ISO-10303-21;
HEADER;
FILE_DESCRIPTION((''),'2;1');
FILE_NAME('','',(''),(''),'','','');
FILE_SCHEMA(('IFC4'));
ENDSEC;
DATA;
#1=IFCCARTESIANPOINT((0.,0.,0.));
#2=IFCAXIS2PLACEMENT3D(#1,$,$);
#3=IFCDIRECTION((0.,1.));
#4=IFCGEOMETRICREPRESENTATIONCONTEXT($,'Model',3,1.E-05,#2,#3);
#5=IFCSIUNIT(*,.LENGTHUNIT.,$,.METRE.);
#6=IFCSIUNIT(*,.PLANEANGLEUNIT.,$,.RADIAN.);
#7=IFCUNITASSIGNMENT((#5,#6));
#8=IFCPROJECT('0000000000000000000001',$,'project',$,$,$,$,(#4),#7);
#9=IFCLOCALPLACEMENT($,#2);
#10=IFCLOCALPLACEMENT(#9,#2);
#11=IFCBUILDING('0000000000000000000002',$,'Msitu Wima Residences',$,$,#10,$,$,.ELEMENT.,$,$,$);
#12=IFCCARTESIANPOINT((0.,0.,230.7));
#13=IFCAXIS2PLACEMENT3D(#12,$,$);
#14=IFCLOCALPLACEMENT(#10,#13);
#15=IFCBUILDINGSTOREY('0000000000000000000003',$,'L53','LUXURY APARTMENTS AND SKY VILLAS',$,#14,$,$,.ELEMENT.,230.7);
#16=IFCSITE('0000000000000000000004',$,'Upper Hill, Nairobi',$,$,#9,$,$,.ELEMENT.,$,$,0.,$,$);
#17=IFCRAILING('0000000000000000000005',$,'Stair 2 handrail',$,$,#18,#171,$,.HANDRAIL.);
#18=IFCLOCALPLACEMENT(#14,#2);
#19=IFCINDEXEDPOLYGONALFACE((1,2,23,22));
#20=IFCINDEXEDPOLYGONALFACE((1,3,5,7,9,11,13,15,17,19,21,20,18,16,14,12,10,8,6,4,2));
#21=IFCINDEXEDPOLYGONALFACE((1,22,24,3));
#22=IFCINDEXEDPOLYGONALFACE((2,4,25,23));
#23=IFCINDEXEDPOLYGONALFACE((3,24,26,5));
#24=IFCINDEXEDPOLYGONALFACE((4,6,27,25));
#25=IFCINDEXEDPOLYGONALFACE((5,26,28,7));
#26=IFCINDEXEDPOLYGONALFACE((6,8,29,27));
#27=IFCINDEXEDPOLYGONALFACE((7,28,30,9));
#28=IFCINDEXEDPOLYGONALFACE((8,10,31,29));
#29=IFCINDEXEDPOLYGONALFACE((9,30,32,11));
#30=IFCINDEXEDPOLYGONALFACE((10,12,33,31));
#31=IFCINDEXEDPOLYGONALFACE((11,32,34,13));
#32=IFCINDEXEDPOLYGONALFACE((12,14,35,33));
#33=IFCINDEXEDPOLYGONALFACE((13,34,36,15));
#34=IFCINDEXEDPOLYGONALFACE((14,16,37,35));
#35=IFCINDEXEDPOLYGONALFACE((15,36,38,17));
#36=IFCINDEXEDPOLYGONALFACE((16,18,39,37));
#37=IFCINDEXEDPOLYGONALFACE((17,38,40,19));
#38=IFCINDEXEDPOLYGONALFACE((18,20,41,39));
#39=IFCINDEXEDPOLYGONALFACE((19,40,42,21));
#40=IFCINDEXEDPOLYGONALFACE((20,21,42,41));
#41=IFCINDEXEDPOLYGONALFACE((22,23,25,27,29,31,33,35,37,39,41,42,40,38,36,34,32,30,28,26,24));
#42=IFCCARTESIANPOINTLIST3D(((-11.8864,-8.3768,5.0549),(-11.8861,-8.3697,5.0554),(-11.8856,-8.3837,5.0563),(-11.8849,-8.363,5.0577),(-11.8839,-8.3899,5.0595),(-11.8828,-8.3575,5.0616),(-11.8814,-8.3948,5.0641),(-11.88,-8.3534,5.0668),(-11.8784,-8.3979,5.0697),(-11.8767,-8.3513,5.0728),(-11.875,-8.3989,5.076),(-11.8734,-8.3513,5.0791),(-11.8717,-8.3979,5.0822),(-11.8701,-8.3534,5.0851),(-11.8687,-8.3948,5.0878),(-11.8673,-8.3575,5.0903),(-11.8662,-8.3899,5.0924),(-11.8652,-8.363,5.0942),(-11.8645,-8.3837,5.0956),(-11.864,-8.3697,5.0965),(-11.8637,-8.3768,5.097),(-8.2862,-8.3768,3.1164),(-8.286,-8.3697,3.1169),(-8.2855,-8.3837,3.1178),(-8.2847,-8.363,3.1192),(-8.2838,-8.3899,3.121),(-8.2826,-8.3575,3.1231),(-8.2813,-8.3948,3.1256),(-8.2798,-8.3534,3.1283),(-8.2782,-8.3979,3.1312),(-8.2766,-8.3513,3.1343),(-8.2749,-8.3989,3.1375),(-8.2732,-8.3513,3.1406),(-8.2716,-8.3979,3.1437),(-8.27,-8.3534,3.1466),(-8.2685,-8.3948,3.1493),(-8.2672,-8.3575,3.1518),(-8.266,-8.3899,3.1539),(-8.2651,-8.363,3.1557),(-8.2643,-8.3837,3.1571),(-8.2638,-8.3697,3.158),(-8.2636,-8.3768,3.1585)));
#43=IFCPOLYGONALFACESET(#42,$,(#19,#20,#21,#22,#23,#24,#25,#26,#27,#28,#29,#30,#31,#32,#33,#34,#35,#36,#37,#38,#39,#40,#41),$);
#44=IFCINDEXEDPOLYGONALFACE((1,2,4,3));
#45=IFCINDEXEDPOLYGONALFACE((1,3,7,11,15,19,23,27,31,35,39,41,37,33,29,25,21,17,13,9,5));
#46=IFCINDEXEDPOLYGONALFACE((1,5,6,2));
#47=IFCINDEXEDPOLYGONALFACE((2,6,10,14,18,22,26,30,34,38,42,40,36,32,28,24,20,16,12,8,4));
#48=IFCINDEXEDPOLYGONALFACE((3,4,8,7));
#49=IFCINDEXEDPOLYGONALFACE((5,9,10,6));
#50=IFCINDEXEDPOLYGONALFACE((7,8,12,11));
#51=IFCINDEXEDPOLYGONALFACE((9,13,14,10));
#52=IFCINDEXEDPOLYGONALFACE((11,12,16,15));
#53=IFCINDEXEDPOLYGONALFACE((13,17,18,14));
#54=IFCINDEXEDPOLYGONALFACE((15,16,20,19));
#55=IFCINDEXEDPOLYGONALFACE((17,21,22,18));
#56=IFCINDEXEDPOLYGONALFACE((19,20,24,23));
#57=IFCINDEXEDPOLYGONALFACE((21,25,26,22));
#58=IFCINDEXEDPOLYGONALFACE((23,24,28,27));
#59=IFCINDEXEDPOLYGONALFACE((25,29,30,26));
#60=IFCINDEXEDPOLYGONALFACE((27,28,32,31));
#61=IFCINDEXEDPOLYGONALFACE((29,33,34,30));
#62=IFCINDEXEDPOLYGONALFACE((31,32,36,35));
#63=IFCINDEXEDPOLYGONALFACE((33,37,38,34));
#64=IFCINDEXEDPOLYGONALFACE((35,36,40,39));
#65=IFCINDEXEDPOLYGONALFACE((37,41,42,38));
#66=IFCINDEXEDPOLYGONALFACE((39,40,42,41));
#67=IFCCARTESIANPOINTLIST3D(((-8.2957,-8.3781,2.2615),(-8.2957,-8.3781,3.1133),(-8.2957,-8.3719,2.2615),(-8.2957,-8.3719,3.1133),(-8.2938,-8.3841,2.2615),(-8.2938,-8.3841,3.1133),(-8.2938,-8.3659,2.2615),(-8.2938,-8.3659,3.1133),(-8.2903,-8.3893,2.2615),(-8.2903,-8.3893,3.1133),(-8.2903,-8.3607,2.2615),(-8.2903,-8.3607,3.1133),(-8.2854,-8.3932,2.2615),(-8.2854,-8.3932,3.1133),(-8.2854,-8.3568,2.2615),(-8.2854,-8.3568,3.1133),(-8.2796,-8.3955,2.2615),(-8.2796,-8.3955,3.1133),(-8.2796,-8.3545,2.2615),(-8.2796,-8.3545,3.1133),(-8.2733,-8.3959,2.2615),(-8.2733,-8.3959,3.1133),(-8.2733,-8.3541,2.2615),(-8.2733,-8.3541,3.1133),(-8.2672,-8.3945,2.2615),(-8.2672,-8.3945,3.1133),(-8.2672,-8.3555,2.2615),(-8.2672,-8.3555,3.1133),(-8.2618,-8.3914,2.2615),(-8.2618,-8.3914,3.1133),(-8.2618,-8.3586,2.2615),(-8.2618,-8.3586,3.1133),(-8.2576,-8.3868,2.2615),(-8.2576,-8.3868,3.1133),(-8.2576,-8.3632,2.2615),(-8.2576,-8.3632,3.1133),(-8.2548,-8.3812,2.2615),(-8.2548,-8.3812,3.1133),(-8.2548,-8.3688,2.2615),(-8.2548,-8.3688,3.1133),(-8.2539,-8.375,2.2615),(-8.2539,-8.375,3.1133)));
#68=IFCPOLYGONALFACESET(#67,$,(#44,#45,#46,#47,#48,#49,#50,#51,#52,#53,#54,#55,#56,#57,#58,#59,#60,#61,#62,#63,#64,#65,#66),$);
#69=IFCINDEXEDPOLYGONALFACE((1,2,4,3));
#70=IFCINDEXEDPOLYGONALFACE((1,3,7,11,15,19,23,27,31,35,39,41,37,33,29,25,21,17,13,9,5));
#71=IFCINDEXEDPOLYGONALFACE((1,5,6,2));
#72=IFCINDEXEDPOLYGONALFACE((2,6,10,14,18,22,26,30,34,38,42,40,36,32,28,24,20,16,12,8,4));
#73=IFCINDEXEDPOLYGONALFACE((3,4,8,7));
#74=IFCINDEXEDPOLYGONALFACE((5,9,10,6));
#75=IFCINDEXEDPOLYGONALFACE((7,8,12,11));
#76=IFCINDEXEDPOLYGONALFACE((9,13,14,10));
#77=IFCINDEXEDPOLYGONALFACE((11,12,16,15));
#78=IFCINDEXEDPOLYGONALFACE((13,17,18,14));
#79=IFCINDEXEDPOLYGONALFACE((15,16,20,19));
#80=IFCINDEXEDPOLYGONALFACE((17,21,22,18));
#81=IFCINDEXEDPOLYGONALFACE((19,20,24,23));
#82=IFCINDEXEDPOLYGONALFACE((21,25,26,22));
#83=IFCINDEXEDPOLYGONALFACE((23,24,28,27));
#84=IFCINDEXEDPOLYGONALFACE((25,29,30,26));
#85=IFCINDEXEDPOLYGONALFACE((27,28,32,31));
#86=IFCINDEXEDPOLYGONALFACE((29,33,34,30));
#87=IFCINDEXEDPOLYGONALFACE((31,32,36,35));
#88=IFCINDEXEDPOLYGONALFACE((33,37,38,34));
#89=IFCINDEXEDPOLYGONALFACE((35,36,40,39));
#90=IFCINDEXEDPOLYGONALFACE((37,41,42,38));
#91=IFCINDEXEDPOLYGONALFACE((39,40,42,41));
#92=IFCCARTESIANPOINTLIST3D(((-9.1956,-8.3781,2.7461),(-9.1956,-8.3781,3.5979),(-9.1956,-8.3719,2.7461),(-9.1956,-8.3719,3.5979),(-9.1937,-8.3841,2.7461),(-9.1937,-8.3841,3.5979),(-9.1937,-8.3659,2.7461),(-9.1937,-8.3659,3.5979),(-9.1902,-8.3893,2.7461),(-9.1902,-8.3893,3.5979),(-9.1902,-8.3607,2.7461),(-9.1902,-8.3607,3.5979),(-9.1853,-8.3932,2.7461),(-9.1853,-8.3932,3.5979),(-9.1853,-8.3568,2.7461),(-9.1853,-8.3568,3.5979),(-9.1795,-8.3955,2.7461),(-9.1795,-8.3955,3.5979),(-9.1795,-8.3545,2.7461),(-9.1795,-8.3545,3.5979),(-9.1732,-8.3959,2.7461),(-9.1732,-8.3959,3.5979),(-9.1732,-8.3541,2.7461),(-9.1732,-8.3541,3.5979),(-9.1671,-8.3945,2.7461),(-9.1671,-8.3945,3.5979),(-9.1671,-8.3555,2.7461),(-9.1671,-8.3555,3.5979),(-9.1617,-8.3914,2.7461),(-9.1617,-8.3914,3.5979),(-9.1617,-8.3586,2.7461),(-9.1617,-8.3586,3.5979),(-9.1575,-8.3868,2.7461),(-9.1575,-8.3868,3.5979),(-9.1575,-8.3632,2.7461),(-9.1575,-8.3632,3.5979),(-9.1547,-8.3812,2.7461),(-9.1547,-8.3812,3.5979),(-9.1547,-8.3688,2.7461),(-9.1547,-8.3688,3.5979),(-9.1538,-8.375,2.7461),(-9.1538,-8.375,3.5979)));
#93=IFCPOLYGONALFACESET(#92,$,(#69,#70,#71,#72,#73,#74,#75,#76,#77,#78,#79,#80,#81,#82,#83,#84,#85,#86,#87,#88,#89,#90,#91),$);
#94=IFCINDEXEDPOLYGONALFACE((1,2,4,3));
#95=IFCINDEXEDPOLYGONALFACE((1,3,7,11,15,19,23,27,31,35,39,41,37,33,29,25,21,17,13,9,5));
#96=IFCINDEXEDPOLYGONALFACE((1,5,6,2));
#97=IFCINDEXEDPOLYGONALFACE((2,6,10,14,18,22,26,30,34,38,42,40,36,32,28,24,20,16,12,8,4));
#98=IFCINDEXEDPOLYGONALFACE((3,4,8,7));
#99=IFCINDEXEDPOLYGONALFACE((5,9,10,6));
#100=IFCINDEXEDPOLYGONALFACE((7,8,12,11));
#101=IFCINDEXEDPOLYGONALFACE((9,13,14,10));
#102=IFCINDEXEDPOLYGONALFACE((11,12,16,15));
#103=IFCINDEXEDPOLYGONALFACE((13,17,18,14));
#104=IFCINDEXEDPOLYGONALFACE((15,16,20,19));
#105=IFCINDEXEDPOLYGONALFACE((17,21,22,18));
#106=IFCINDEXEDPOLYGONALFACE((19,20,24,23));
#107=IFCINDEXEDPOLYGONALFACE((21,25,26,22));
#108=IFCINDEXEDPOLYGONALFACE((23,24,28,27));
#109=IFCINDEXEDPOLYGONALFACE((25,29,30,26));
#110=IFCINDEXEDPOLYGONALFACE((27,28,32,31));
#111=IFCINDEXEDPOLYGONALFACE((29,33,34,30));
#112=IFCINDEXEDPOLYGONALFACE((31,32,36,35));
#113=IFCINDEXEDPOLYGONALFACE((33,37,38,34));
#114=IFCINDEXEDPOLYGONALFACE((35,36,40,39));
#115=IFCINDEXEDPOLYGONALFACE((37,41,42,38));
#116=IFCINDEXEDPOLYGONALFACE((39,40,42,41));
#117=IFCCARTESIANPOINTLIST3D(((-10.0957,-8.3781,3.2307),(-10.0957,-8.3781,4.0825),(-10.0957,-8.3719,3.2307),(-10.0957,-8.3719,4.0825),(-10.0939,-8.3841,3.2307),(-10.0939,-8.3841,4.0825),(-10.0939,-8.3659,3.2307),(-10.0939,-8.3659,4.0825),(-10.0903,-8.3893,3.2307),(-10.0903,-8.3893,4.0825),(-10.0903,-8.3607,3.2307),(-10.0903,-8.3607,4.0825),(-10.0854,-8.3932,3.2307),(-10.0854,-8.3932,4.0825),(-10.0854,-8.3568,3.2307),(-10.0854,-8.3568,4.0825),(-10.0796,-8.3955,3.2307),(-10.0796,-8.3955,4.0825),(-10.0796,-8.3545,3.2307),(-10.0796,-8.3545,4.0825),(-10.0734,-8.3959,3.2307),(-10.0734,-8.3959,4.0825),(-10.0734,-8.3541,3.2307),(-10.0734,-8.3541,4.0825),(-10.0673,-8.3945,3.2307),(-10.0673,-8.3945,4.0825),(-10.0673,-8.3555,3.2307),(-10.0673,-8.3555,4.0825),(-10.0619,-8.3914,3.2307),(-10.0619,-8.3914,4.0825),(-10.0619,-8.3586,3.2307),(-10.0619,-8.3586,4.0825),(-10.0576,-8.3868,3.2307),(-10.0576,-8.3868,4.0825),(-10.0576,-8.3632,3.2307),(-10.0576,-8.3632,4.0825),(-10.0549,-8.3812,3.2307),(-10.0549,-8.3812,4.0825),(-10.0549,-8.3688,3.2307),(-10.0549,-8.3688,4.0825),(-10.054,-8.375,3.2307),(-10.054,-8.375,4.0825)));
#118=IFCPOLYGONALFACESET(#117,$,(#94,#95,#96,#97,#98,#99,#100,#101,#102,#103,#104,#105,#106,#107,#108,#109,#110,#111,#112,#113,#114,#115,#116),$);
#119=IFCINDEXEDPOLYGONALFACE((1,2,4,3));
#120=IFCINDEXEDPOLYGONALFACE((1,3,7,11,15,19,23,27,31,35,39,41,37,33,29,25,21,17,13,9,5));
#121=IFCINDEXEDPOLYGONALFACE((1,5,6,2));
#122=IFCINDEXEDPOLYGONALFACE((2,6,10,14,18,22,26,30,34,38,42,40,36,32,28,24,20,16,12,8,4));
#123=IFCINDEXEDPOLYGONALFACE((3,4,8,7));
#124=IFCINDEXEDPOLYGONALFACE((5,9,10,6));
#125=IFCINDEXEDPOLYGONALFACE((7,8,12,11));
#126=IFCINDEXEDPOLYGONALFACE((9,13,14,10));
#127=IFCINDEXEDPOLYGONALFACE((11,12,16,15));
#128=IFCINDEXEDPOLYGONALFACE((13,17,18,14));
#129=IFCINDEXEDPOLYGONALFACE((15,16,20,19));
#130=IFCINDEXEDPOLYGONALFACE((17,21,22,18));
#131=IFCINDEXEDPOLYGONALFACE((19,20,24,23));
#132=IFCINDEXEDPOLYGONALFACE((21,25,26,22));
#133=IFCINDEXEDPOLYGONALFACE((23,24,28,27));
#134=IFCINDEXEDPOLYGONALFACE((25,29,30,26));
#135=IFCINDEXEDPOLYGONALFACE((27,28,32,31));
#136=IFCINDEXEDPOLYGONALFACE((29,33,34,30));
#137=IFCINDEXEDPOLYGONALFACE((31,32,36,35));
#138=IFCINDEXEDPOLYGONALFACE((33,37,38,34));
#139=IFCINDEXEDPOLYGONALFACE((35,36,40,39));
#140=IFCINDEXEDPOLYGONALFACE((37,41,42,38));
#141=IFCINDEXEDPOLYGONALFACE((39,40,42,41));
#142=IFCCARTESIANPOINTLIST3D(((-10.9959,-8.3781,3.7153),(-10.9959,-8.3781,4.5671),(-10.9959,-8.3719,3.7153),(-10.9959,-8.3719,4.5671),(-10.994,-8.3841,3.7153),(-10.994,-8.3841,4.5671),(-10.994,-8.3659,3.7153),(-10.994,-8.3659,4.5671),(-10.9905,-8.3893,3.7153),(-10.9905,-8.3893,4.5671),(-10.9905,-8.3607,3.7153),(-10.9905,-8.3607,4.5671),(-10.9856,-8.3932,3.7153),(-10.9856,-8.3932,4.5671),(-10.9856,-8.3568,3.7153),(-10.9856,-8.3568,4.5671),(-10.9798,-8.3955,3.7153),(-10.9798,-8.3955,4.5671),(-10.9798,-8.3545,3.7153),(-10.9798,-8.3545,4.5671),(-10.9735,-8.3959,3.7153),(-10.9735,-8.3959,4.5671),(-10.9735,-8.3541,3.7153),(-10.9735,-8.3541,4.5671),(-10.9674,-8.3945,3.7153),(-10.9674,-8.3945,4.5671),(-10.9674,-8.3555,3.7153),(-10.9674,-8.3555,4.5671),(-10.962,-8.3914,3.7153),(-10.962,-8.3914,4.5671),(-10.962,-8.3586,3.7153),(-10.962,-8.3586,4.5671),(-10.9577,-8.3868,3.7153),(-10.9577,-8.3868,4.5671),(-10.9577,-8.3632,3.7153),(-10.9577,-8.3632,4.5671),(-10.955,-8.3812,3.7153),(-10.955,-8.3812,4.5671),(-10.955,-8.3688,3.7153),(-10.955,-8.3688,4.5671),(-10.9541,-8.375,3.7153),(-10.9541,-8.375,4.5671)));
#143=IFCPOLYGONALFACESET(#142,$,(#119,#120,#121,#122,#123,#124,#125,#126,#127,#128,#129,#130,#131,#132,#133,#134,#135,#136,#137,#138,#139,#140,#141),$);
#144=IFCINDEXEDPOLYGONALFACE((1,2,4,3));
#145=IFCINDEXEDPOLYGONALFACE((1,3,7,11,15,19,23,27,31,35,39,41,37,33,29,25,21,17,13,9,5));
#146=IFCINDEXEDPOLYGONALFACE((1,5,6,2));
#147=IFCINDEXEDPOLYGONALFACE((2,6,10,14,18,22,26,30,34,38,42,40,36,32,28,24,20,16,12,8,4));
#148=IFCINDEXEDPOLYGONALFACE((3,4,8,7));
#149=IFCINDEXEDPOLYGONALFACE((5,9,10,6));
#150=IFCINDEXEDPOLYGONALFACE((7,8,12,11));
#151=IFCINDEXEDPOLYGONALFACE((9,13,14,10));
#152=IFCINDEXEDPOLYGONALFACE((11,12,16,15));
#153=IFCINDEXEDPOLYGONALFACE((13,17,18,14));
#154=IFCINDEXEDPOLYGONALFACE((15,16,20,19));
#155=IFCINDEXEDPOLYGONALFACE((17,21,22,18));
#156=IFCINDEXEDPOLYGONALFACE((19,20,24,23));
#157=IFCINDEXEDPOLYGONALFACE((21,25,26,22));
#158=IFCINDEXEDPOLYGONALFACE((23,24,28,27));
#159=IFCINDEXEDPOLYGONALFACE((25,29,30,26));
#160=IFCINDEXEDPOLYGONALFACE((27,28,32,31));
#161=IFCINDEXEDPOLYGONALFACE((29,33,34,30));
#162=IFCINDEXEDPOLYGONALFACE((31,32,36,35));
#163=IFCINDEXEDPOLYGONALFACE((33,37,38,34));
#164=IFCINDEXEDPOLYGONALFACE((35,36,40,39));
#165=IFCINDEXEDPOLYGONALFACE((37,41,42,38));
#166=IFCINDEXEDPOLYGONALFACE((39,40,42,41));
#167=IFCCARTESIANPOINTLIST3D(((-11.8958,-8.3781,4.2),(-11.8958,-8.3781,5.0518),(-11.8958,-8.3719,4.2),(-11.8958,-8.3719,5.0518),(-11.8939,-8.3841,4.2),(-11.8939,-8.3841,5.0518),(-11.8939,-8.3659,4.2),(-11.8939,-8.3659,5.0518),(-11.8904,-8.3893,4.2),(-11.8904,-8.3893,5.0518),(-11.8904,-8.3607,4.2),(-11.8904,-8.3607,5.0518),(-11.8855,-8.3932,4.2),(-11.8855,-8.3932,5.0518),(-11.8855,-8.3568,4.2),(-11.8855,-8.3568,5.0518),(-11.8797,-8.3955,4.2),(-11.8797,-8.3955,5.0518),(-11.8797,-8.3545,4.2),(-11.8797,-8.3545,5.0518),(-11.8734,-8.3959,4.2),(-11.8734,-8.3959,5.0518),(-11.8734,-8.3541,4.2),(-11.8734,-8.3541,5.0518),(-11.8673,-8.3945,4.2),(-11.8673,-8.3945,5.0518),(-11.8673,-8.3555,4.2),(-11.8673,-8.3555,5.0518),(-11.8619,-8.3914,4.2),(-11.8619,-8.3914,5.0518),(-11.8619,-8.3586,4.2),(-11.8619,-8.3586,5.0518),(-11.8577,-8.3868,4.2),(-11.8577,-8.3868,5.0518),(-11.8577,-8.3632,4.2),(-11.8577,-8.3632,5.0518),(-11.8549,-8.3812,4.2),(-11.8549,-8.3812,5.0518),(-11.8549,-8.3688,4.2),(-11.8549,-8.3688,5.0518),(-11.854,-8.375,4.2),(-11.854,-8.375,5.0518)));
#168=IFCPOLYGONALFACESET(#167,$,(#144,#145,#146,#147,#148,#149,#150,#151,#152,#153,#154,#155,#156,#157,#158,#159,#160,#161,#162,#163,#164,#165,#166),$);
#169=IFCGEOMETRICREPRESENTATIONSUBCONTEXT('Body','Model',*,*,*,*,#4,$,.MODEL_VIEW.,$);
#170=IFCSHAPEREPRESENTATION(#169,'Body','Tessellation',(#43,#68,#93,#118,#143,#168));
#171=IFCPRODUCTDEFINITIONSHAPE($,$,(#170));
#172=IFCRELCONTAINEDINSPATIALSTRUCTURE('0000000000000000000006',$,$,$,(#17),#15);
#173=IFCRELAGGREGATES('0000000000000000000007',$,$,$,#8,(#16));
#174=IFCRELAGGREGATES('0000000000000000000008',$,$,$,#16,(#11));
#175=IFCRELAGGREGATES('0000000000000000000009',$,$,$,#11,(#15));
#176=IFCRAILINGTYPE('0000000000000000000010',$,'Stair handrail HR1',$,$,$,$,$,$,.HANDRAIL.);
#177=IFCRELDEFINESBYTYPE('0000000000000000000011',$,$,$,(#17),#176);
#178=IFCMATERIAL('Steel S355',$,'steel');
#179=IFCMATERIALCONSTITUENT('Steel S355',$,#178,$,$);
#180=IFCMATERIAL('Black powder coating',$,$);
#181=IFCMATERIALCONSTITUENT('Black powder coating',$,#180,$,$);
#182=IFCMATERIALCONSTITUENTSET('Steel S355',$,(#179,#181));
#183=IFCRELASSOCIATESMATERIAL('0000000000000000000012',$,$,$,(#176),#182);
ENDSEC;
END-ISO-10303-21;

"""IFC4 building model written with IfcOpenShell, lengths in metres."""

from ifc_helpers import new_model, si_unit, direction, frame, origin, origin_2d, place, context, subcontext, project, spatial, circle, extrude, material, constituent, constituent_set, type_object, element, save


model = new_model("IFC4")

# Units and contexts
model_context = context("Model", 3, precision=1e-05, world=origin(), true_north=direction((0.0, 1.0)))
body_context = subcontext(model_context, "Body", "Model", "MODEL_VIEW")
ifc_project = project(units=[si_unit("LENGTHUNIT", "METRE"), si_unit("PLANEANGLEUNIT", "RADIAN")], contexts=[model_context])

# Site, building, storey
site_placement = place(None, origin())
site = spatial("IfcSite", under=ifc_project, at=site_placement, Name="Upper Hill, Nairobi", CompositionType="ELEMENT", RefElevation=0.0)
building_placement = place(site_placement, origin())
building = spatial("IfcBuilding", under=site, at=building_placement, Name="Msitu Wima Residences", CompositionType="ELEMENT")
storey_placement = place(building_placement, frame((0.0, 0.0, 230.7)))
storey = spatial("IfcBuildingStorey", under=building, at=storey_placement, Name="L53", Description="LUXURY APARTMENTS AND SKY VILLAS", CompositionType="ELEMENT", Elevation=230.7)

# Railing
ifc_material_1 = material(Name="Steel S355", Category="steel")
ifc_constituent_1 = constituent(ifc_material_1, Name="Steel S355")
ifc_material_2 = material(Name="Black powder coating")
ifc_constituent_2 = constituent(ifc_material_2, Name="Black powder coating")
ifc_constituent_set = constituent_set(constituents=[ifc_constituent_1, ifc_constituent_2], Name="Steel S355")
railing_type = type_object("IfcRailingType", Name="Stair handrail HR1", PredefinedType="HANDRAIL", material=ifc_constituent_set)
for number, where, name in (
    (1, (-8.2749, -8.375, 2.2615), "Stair 2 handrail"),
):
    element("IfcRailing", number, at=place(storey_placement, frame(where)), inside=storey, type_object=railing_type, Name=name, PredefinedType="HANDRAIL", context=body_context, shape_type="SweptSolid", body=[
        extrude(circle(Radius=0.0239, at=origin_2d()), frame((0.0, 0.0, 0.876), z_axis=(-0.880475, 0.0, 0.474093), x_axis=(0.0, -1.0, 0.0)), (0.0, 0.0, 1.0), 4.0889),
        extrude(circle(Radius=0.021, at=origin_2d()), origin(), (0.0, 0.0, 1.0), 0.8518),
        extrude(circle(Radius=0.021, at=origin_2d()), frame((-0.8999, 0.0, 0.4846)), (0.0, 0.0, 1.0), 0.8518),
        extrude(circle(Radius=0.021, at=origin_2d()), frame((-1.8, 0.0, 0.9692)), (0.0, 0.0, 1.0), 0.8518),
        extrude(circle(Radius=0.021, at=origin_2d()), frame((-2.7002, 0.0, 1.4539)), (0.0, 0.0, 1.0), 0.8518),
        extrude(circle(Radius=0.021, at=origin_2d()), frame((-3.6001, 0.0, 1.9385)), (0.0, 0.0, 1.0), 0.8518),
    ])

save(model, "model.ifc")
